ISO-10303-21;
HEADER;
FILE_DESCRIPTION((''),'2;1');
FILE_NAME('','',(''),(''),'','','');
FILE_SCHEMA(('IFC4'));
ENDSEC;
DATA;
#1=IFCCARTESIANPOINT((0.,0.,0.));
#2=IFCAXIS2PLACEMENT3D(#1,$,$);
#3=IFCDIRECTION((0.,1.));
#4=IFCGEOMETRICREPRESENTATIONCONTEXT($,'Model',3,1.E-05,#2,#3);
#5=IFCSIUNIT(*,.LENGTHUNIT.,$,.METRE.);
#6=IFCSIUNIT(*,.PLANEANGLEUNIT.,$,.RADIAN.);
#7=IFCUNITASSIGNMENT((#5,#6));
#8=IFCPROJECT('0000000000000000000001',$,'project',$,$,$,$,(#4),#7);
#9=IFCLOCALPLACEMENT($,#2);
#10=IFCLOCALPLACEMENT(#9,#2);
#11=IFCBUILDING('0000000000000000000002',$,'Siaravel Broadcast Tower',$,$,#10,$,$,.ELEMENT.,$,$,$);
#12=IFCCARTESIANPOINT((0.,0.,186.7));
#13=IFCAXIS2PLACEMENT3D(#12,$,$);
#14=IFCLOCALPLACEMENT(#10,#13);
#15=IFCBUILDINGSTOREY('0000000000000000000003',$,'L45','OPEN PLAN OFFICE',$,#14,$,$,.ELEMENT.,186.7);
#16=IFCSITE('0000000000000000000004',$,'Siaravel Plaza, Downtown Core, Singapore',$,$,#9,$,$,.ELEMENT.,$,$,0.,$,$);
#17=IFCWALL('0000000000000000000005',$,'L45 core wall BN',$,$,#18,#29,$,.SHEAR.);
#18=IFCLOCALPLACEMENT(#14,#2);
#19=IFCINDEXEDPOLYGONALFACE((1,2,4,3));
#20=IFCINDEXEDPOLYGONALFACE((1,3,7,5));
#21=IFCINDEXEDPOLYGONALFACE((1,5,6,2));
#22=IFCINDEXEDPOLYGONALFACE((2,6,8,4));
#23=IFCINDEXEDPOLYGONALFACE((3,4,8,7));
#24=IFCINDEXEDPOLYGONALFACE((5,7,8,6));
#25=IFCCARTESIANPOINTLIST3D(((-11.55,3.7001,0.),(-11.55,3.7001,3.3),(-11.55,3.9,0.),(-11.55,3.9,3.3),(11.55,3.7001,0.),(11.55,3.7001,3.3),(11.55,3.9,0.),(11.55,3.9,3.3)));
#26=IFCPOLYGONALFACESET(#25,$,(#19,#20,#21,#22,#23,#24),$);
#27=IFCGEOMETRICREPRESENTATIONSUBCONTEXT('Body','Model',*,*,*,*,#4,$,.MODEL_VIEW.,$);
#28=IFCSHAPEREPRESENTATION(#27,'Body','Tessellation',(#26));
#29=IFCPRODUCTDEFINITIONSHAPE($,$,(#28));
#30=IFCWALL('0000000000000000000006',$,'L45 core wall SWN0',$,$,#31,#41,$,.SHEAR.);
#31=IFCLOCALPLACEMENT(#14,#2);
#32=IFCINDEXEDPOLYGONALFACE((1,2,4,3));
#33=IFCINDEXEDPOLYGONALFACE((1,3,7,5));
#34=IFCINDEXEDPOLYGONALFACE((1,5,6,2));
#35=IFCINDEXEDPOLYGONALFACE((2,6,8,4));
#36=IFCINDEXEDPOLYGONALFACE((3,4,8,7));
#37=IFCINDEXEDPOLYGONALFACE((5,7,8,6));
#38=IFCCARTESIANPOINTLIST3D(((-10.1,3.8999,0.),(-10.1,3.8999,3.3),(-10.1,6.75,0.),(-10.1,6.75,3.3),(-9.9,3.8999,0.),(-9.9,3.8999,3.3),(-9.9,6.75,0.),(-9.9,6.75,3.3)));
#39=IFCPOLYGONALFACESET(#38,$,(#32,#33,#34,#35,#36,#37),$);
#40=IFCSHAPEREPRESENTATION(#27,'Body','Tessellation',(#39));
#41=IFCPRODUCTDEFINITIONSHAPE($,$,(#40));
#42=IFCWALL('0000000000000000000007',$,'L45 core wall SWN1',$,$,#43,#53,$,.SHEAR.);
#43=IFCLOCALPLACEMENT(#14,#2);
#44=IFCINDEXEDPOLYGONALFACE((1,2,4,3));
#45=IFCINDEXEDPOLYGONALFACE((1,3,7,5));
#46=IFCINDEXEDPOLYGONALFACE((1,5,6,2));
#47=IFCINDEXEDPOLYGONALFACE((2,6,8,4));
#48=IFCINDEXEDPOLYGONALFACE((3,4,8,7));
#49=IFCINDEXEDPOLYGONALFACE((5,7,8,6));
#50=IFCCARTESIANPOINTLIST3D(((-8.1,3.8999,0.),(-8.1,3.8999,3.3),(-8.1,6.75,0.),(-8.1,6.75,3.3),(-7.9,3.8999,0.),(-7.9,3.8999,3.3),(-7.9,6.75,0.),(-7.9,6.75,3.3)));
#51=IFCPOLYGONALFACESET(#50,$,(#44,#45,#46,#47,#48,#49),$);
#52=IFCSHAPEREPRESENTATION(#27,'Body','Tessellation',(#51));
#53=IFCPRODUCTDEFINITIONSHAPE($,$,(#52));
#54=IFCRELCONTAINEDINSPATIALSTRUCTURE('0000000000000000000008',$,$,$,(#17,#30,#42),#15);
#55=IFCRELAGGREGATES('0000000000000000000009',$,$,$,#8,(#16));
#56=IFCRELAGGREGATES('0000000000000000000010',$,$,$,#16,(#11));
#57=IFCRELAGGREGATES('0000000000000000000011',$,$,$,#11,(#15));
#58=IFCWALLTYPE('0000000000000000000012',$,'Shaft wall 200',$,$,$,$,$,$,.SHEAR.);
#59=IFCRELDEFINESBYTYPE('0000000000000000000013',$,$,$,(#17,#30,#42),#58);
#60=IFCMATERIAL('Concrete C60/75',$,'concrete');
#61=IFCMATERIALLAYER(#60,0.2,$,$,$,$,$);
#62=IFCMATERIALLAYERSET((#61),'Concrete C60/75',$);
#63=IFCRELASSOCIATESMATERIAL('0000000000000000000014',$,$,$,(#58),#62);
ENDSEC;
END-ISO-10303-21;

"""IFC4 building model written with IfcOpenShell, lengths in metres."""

from ifc_helpers import new_model, si_unit, direction, frame, frame_2d, origin, place, context, subcontext, project, spatial, rectangle, extrude, material, layer, layer_set, type_object, element, save


model = new_model("IFC4")

# Units and contexts
model_context = context("Model", 3, precision=1e-05, world=origin(), true_north=direction((0.0, 1.0)))
body_context = subcontext(model_context, "Body", "Model", "MODEL_VIEW")
ifc_project = project(units=[si_unit("LENGTHUNIT", "METRE"), si_unit("PLANEANGLEUNIT", "RADIAN")], contexts=[model_context])

# Site, building, storey
site_placement = place(None, origin())
site = spatial("IfcSite", under=ifc_project, at=site_placement, Name="Siaravel Plaza, Downtown Core, Singapore", CompositionType="ELEMENT", RefElevation=0.0)
building_placement = place(site_placement, origin())
building = spatial("IfcBuilding", under=site, at=building_placement, Name="Siaravel Broadcast Tower", CompositionType="ELEMENT")
storey_placement = place(building_placement, frame((0.0, 0.0, 186.7)))
storey = spatial("IfcBuildingStorey", under=building, at=storey_placement, Name="L45", Description="OPEN PLAN OFFICE", CompositionType="ELEMENT", Elevation=186.7)

# Shared definitions
ifc_material_1 = material(Name="Concrete C60/75", Category="concrete")

# Walls
ifc_layer_1 = layer(ifc_material_1, 0.2)
ifc_layer_set_1 = layer_set([ifc_layer_1], Name="Concrete C60/75")
wall_type_1 = type_object("IfcWallType", Name="Shaft wall 200", PredefinedType="SHEAR", material=ifc_layer_set_1)
wall_1_placement = place(storey_placement, frame((-11.55, 3.8, 0.0), z_axis=(0.0, 0.0, 1.0), x_axis=(1.0, 0.0, 0.0)))
element("IfcWall", 1, at=wall_1_placement, inside=storey, type_object=wall_type_1, Name="L45 core wall BN", PredefinedType="SHEAR", context=body_context, shape_type="SweptSolid", body=[
    extrude(rectangle(XDim=23.1001, YDim=0.2, at=frame_2d((11.55, 0.0))), origin(), (0.0, 0.0, 1.0), 3.3),
])
for number, where, z_axis, x_axis, name in (
    (2, (-10.0, 3.8999, 0.0), (0.0, 0.0, 1.0), (0.0, 1.0, 0.0), "L45 core wall SWN0"),
    (3, (-8.0, 3.8999, 0.0), (0.0, 0.0, 1.0), (0.0, 1.0, 0.0), "L45 core wall SWN1"),
):
    element("IfcWall", number, at=place(storey_placement, frame(where, z_axis=z_axis, x_axis=x_axis)), inside=storey, type_object=wall_type_1, Name=name, PredefinedType="SHEAR", context=body_context, shape_type="SweptSolid", body=[
        extrude(rectangle(XDim=2.8501, YDim=0.2, at=frame_2d((1.425, 0.0))), origin(), (0.0, 0.0, 1.0), 3.3),
    ])

save(model, "model.ifc")
